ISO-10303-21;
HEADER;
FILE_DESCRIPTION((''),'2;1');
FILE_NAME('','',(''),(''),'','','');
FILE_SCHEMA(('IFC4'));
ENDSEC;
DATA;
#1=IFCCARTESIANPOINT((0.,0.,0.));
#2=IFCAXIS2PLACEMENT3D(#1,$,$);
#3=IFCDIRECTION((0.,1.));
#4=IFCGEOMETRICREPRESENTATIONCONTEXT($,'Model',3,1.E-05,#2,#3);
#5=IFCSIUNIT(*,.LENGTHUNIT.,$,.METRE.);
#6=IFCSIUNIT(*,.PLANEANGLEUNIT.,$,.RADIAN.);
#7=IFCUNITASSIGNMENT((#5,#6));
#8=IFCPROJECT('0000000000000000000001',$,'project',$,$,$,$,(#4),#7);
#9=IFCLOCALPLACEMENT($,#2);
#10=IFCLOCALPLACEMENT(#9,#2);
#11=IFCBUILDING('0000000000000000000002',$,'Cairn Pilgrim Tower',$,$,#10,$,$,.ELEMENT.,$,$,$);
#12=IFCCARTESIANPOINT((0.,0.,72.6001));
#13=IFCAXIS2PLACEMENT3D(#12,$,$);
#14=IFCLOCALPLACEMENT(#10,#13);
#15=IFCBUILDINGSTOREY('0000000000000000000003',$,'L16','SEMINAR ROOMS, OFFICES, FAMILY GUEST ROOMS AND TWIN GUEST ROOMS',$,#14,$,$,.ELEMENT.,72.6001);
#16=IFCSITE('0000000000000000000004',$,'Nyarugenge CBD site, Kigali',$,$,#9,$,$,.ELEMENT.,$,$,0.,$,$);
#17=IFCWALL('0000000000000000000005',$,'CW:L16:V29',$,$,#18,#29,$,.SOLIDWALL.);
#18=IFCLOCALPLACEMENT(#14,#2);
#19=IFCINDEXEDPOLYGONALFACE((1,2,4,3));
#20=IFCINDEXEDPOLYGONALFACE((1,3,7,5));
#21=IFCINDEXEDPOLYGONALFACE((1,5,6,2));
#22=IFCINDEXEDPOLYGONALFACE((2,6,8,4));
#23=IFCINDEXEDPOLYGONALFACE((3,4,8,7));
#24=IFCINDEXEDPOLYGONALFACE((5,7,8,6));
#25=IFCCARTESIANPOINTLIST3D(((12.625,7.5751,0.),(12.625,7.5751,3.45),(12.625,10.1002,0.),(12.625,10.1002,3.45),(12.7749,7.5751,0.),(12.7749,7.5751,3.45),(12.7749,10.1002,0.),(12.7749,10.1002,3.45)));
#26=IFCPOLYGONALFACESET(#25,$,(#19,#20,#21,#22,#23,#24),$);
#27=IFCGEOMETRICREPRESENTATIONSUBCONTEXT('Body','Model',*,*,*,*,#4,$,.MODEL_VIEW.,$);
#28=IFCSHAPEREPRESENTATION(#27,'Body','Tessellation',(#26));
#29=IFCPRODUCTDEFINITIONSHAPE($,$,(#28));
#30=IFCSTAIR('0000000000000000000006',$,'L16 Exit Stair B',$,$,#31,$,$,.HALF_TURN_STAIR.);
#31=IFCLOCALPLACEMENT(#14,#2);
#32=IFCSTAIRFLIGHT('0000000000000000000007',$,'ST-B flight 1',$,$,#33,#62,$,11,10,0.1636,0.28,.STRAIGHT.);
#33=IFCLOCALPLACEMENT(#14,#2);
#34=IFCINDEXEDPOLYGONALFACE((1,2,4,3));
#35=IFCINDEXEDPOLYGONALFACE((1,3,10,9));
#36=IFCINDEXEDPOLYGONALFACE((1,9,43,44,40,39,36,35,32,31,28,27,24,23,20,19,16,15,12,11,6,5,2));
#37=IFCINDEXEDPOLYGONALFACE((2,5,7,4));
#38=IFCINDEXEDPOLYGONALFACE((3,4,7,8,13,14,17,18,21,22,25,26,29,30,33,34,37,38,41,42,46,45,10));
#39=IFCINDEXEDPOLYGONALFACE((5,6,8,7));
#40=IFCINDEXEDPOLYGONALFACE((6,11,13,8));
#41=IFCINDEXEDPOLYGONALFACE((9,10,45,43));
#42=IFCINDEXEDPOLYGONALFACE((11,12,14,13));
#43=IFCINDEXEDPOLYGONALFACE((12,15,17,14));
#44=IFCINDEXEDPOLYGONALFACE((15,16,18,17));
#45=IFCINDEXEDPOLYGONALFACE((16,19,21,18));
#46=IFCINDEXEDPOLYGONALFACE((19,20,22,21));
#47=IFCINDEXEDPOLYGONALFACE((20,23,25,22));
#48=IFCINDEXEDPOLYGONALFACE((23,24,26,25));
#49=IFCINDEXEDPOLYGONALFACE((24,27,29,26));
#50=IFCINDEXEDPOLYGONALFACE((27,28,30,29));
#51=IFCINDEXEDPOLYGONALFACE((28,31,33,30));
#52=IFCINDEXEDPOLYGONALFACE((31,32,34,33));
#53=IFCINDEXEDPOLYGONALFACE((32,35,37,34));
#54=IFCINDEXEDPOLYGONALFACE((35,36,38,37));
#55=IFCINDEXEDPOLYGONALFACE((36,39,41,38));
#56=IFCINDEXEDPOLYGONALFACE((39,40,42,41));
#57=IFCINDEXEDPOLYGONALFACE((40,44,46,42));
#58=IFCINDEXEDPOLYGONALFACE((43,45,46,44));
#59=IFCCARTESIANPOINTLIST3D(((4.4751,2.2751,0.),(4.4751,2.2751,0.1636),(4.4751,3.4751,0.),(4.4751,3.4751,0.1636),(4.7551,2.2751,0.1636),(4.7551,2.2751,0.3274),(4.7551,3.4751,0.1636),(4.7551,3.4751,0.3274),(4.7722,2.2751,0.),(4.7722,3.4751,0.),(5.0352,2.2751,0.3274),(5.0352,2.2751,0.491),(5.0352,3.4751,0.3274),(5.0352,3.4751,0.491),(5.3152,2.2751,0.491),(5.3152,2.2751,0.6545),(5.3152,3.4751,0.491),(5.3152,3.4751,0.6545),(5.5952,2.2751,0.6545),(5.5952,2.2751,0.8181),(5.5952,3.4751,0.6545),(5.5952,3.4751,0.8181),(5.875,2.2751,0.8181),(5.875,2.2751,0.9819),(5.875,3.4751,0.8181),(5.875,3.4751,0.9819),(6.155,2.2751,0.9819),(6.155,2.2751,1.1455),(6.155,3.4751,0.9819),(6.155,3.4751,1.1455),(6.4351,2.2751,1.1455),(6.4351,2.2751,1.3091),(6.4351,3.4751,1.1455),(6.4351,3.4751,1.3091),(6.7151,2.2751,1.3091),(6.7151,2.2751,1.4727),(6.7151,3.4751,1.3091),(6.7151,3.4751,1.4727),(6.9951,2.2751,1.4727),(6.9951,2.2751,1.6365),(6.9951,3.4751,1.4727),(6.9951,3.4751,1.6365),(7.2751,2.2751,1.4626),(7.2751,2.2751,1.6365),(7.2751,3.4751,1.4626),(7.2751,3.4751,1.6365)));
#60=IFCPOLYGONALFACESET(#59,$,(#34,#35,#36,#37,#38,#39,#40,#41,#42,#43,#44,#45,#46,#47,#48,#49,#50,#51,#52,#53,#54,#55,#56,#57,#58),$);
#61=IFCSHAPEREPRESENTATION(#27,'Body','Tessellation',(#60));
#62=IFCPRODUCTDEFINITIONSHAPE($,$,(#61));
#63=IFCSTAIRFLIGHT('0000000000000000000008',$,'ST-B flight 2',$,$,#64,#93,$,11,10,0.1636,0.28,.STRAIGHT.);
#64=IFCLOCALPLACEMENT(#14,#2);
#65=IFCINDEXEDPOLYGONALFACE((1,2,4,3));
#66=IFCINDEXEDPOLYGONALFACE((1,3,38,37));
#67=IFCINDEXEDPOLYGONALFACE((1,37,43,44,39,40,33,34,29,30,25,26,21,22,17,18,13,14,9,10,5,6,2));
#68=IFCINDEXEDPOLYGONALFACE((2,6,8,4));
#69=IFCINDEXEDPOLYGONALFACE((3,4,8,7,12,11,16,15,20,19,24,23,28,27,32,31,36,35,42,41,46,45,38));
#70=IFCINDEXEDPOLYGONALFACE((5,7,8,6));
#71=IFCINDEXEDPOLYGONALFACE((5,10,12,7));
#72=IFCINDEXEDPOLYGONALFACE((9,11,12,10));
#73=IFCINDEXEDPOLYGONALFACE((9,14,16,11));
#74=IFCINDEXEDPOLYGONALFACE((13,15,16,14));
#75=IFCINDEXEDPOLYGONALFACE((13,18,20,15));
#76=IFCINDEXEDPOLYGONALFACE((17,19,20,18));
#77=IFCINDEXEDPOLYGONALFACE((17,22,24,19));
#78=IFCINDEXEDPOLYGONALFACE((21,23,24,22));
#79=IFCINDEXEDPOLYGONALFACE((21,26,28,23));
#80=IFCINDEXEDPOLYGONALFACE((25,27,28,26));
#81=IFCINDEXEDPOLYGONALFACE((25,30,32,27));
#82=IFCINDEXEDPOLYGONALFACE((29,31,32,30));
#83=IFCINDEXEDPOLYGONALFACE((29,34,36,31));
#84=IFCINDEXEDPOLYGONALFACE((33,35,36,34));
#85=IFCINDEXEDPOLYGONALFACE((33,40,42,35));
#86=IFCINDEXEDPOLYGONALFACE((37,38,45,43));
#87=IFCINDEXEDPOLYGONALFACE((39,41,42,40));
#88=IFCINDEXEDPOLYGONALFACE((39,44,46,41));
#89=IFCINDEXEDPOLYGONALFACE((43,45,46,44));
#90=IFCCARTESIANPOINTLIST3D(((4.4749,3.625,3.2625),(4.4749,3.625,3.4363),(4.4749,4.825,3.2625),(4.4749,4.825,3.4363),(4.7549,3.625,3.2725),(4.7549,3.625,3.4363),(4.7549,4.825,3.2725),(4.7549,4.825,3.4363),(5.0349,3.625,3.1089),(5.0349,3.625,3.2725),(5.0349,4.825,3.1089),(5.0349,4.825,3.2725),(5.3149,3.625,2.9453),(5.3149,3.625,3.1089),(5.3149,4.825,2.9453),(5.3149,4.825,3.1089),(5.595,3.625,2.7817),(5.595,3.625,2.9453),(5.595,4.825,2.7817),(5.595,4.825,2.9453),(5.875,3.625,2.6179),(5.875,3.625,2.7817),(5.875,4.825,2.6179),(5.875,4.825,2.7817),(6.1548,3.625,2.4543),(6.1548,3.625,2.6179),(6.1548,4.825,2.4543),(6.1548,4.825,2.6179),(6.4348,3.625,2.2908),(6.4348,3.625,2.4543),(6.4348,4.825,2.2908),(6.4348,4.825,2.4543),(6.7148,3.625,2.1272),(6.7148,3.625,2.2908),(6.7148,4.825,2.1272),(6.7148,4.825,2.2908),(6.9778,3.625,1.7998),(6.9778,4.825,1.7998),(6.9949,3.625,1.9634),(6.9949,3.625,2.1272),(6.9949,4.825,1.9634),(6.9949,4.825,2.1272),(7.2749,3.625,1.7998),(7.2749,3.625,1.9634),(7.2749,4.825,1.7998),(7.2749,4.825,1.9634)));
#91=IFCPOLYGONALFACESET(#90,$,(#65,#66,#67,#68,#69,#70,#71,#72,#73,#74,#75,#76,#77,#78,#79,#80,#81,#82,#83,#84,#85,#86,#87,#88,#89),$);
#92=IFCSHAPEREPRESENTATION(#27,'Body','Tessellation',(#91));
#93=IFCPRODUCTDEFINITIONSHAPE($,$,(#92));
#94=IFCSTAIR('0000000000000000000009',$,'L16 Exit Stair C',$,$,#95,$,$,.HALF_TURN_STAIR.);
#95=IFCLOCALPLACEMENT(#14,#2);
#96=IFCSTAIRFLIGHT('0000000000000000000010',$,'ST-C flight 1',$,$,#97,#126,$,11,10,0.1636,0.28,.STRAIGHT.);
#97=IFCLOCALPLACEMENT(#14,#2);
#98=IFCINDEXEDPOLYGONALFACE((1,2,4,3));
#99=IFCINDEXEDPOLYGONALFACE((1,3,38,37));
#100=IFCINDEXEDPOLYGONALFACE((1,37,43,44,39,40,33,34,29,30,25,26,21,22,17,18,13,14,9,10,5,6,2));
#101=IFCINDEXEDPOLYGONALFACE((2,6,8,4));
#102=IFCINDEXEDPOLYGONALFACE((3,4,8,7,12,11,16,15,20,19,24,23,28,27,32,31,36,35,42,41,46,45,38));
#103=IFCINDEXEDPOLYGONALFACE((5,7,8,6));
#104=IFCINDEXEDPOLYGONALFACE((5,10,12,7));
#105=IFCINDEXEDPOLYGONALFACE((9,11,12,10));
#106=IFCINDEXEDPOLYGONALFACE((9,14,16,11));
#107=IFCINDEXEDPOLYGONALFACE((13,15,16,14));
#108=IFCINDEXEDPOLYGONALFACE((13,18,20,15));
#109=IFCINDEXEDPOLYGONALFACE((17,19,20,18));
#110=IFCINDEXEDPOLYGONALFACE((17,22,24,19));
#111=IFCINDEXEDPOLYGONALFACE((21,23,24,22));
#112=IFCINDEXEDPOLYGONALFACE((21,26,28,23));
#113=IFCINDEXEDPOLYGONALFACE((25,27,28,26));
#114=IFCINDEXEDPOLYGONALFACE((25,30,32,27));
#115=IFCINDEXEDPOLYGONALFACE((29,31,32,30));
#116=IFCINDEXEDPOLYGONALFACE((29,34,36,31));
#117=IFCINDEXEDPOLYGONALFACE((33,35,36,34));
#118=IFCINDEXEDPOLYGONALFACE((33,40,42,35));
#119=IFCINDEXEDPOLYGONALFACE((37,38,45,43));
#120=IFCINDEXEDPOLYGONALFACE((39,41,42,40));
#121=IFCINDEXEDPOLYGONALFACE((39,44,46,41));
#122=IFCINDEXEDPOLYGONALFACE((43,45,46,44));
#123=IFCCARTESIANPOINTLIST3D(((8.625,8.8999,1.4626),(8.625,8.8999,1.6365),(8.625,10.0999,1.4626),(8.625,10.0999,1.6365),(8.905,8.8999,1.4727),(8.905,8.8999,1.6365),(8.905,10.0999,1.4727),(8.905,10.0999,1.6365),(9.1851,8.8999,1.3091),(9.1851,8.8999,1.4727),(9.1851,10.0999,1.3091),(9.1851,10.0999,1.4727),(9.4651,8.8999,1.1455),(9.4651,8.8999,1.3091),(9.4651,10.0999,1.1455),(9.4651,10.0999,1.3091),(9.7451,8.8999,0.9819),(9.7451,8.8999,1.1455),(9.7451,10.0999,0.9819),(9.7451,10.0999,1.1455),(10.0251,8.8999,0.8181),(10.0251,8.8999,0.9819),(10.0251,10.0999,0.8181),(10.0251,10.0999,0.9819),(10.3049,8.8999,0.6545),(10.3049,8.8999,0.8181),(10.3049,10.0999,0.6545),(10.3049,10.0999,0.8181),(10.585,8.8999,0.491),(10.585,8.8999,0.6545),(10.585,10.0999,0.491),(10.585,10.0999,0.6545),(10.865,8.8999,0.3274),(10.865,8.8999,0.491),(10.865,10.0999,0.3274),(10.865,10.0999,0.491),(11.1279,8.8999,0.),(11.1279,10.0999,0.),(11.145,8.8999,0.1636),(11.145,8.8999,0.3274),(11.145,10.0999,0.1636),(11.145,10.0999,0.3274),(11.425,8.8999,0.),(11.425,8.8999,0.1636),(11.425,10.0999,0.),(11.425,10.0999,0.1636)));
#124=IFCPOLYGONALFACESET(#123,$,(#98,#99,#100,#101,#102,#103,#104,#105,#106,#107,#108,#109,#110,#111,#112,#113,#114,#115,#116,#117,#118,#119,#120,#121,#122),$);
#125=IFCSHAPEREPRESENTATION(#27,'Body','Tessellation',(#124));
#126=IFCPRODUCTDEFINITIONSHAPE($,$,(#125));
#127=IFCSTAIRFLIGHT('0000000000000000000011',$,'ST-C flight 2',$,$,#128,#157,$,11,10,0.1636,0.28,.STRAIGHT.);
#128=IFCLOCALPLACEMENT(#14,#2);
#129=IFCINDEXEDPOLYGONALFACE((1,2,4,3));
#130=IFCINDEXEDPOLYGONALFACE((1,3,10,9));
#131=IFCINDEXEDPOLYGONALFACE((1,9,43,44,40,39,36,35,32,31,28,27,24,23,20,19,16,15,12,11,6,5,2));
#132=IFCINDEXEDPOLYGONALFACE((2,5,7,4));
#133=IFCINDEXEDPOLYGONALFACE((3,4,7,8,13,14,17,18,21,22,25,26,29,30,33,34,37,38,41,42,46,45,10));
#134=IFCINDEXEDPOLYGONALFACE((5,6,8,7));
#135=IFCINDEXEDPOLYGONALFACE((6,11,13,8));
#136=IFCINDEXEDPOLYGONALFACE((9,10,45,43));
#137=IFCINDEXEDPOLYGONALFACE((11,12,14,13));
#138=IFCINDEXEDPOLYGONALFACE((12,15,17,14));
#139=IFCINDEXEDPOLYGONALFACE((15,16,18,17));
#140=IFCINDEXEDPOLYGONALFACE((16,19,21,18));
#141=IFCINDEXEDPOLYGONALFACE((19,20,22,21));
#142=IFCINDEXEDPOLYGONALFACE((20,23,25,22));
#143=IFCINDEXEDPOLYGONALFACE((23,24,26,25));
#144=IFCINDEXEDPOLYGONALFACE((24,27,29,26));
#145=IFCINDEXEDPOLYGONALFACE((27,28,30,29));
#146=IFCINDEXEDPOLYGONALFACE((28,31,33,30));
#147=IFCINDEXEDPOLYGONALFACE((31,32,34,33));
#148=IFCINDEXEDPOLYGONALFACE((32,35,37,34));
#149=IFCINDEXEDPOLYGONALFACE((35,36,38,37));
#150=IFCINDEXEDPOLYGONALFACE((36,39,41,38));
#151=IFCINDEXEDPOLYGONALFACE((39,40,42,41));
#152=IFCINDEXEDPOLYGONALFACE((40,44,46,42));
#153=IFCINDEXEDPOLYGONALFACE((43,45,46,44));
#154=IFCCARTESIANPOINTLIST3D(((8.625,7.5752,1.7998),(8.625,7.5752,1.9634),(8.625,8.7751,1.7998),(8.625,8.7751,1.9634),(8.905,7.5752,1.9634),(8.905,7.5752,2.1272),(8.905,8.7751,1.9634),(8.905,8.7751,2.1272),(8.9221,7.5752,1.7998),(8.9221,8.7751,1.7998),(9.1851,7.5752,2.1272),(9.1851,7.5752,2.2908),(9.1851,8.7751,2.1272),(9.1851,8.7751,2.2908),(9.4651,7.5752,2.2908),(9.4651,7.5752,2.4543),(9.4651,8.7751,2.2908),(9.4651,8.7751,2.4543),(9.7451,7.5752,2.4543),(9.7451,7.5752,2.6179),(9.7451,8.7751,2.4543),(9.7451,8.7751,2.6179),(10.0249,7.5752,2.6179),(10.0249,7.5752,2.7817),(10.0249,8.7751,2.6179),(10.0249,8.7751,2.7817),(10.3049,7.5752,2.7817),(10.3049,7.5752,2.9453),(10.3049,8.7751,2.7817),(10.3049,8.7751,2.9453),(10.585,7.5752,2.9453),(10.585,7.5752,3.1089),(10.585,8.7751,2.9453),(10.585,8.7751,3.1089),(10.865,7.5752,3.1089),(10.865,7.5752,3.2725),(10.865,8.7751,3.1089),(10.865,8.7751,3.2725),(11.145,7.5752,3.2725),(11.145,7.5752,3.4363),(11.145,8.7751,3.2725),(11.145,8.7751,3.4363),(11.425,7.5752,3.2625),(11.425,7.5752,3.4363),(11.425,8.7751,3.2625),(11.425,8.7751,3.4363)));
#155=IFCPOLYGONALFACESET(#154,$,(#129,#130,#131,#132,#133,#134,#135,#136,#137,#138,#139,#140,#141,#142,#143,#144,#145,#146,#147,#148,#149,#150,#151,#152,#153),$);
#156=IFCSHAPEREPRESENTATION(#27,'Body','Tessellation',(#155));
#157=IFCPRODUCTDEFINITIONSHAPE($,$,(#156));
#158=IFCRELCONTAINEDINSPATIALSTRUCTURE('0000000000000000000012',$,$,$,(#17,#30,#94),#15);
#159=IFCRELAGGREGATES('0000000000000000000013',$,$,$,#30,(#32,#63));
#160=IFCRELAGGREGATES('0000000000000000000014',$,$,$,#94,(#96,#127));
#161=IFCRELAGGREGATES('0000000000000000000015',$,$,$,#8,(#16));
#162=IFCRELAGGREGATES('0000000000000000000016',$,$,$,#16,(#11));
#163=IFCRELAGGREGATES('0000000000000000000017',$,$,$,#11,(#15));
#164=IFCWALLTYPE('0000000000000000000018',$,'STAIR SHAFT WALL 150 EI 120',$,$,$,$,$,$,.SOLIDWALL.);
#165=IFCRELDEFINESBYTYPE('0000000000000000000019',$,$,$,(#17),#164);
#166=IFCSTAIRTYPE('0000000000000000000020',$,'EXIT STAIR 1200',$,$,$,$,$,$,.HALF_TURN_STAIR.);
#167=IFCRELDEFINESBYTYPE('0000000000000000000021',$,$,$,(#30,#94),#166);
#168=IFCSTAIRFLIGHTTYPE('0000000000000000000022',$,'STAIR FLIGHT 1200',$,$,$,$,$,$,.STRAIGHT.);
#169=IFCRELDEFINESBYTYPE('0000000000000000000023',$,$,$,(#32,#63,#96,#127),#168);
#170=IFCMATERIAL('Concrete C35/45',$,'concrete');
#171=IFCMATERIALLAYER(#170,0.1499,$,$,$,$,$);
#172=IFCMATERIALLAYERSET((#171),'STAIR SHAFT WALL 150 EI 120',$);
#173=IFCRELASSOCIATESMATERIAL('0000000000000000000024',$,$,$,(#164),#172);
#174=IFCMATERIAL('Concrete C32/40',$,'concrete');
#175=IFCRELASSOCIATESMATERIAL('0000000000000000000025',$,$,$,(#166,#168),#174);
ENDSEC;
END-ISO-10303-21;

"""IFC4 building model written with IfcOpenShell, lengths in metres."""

from ifc_helpers import new_model, si_unit, direction, frame, frame_2d, origin, place, context, subcontext, project, spatial, polyline, rectangle, outline, extrude, material, layer, layer_set, type_object, element, aggregate, save


model = new_model("IFC4")

# Units and contexts
model_context = context("Model", 3, precision=1e-05, world=origin(), true_north=direction((0.0, 1.0)))
body_context = subcontext(model_context, "Body", "Model", "MODEL_VIEW")
ifc_project = project(units=[si_unit("LENGTHUNIT", "METRE"), si_unit("PLANEANGLEUNIT", "RADIAN")], contexts=[model_context])

# Site, building, storey
site_placement = place(None, origin())
site = spatial("IfcSite", under=ifc_project, at=site_placement, Name="Nyarugenge CBD site, Kigali", CompositionType="ELEMENT", RefElevation=0.0)
building_placement = place(site_placement, origin())
building = spatial("IfcBuilding", under=site, at=building_placement, Name="Cairn Pilgrim Tower", CompositionType="ELEMENT")
storey_placement = place(building_placement, frame((0.0, 0.0, 72.6001)))
storey = spatial("IfcBuildingStorey", under=building, at=storey_placement, Name="L16", Description="SEMINAR ROOMS, OFFICES, FAMILY GUEST ROOMS AND TWIN GUEST ROOMS", CompositionType="ELEMENT", Elevation=72.6001)

# Shared definitions
ifc_material_1 = material(Name="Concrete C32/40", Category="concrete")

# Shared definitions
ifc_material_2 = material(Name="Concrete C35/45", Category="concrete")
ifc_layer_1 = layer(ifc_material_2, 0.1499)
ifc_layer_set_1 = layer_set([ifc_layer_1], Name="STAIR SHAFT WALL 150 EI 120")
wall_type_1 = type_object("IfcWallType", Name="STAIR SHAFT WALL 150 EI 120", PredefinedType="SOLIDWALL", material=ifc_layer_set_1)

# Wall
wall_1_placement = place(storey_placement, frame((12.7, 7.575, 0.0), z_axis=(0.0, 0.0, 1.0), x_axis=(0.0, 1.0, 0.0)))
element("IfcWall", 1, at=wall_1_placement, inside=storey, type_object=wall_type_1, Name="CW:L16:V29", PredefinedType="SOLIDWALL", context=body_context, shape_type="SweptSolid", body=[
    extrude(rectangle(XDim=2.5251, YDim=0.1499, at=frame_2d((1.2627, 0.0))), origin(), (0.0, 0.0, 1.0), 3.45),
])

# Stairs, stair flights
stair_type = type_object("IfcStairType", Name="EXIT STAIR 1200", PredefinedType="HALF_TURN_STAIR", material=ifc_material_1)
stair_1_placement = place(storey_placement, origin())
stair_1 = element("IfcStair", 2, at=stair_1_placement, inside=storey, type_object=stair_type, Name="L16 Exit Stair B", PredefinedType="HALF_TURN_STAIR")
stair_flight_type = type_object("IfcStairFlightType", Name="STAIR FLIGHT 1200", PredefinedType="STRAIGHT", material=ifc_material_1)
stair_flight_1_placement = place(storey_placement, frame((4.4751, 2.875, 0.0), z_axis=(0.0, 0.0, 1.0), x_axis=(1.0, 0.0, 0.0)))
stair_flight_1 = element("IfcStairFlight", 3, at=stair_flight_1_placement, type_object=stair_flight_type, Name="ST-B flight 1", NumberOfRisers=11, NumberOfTreads=10, PredefinedType="STRAIGHT", RiserHeight=0.1636, TreadLength=0.28, context=body_context, shape_type="SweptSolid", body=[
    extrude(outline(polyline([(0.0, 0.0), (0.0, 0.1636), (0.28, 0.1636), (0.28, 0.3274), (0.5601, 0.3274), (0.5601, 0.491), (0.8401, 0.491), (0.8401, 0.6545), (1.1201, 0.6545), (1.1201, 0.8181), (1.3999, 0.8181), (1.3999, 0.9819), (1.6799, 0.9819), (1.6799, 1.1455), (1.96, 1.1455), (1.96, 1.3091), (2.24, 1.3091), (2.24, 1.4727), (2.52, 1.4727), (2.52, 1.6365), (2.8, 1.6365), (2.8, 1.8), (2.8, 1.4626), (0.2971, 0.0), (0.0, 0.0)])), frame((0.0, 0.6001, 0.0), z_axis=(0.0, -1.0, 0.0), x_axis=(1.0, 0.0, 0.0)), (0.0, 0.0, 1.0), 1.2),
])
stair_flight_2_placement = place(storey_placement, frame((7.2749, 4.2251, 1.7998), z_axis=(0.0, 0.0, 1.0), x_axis=(-1.0, 0.0, 0.0)))
stair_flight_2 = element("IfcStairFlight", 4, at=stair_flight_2_placement, type_object=stair_flight_type, Name="ST-B flight 2", NumberOfRisers=11, NumberOfTreads=10, PredefinedType="STRAIGHT", RiserHeight=0.1636, TreadLength=0.28, context=body_context, shape_type="SweptSolid", body=[
    extrude(outline(polyline([(0.0, 0.0), (0.0, 0.1636), (0.28, 0.1636), (0.28, 0.3274), (0.5601, 0.3274), (0.5601, 0.491), (0.8401, 0.491), (0.8401, 0.6545), (1.1201, 0.6545), (1.1201, 0.8181), (1.3999, 0.8181), (1.3999, 0.9819), (1.6799, 0.9819), (1.6799, 1.1455), (1.96, 1.1455), (1.96, 1.3091), (2.24, 1.3091), (2.24, 1.4727), (2.52, 1.4727), (2.52, 1.6365), (2.8, 1.6365), (2.8, 1.8), (2.8, 1.4626), (0.2971, 0.0), (0.0, 0.0)])), frame((0.0, 0.6001, 0.0), z_axis=(0.0, -1.0, 0.0), x_axis=(1.0, 0.0, 0.0)), (0.0, 0.0, 1.0), 1.2),
])
aggregate(stair_1, [stair_flight_1, stair_flight_2])
stair_2_placement = place(storey_placement, origin())
stair_2 = element("IfcStair", 5, at=stair_2_placement, inside=storey, type_object=stair_type, Name="L16 Exit Stair C", PredefinedType="HALF_TURN_STAIR")
stair_flight_3_placement = place(storey_placement, frame((11.425, 9.5, 0.0), z_axis=(0.0, 0.0, 1.0), x_axis=(-1.0, 0.0, 0.0)))
stair_flight_3 = element("IfcStairFlight", 6, at=stair_flight_3_placement, type_object=stair_flight_type, Name="ST-C flight 1", NumberOfRisers=11, NumberOfTreads=10, PredefinedType="STRAIGHT", RiserHeight=0.1636, TreadLength=0.28, context=body_context, shape_type="SweptSolid", body=[
    extrude(outline(polyline([(0.0, 0.0), (0.0, 0.1636), (0.28, 0.1636), (0.28, 0.3274), (0.5601, 0.3274), (0.5601, 0.491), (0.8401, 0.491), (0.8401, 0.6545), (1.1201, 0.6545), (1.1201, 0.8181), (1.3999, 0.8181), (1.3999, 0.9819), (1.6799, 0.9819), (1.6799, 1.1455), (1.96, 1.1455), (1.96, 1.3091), (2.24, 1.3091), (2.24, 1.4727), (2.52, 1.4727), (2.52, 1.6365), (2.8, 1.6365), (2.8, 1.8), (2.8, 1.4626), (0.2971, 0.0), (0.0, 0.0)])), frame((0.0, 0.6001, 0.0), z_axis=(0.0, -1.0, 0.0), x_axis=(1.0, 0.0, 0.0)), (0.0, 0.0, 1.0), 1.2),
])
stair_flight_4_placement = place(storey_placement, frame((8.625, 8.175, 1.7998), z_axis=(0.0, 0.0, 1.0), x_axis=(1.0, 0.0, 0.0)))
stair_flight_4 = element("IfcStairFlight", 7, at=stair_flight_4_placement, type_object=stair_flight_type, Name="ST-C flight 2", NumberOfRisers=11, NumberOfTreads=10, PredefinedType="STRAIGHT", RiserHeight=0.1636, TreadLength=0.28, context=body_context, shape_type="SweptSolid", body=[
    extrude(outline(polyline([(0.0, 0.0), (0.0, 0.1636), (0.28, 0.1636), (0.28, 0.3274), (0.5601, 0.3274), (0.5601, 0.491), (0.8401, 0.491), (0.8401, 0.6545), (1.1201, 0.6545), (1.1201, 0.8181), (1.3999, 0.8181), (1.3999, 0.9819), (1.6799, 0.9819), (1.6799, 1.1455), (1.96, 1.1455), (1.96, 1.3091), (2.24, 1.3091), (2.24, 1.4727), (2.52, 1.4727), (2.52, 1.6365), (2.8, 1.6365), (2.8, 1.8), (2.8, 1.4626), (0.2971, 0.0), (0.0, 0.0)])), frame((0.0, 0.6001, 0.0), z_axis=(0.0, -1.0, 0.0), x_axis=(1.0, 0.0, 0.0)), (0.0, 0.0, 1.0), 1.2),
])
aggregate(stair_2, [stair_flight_3, stair_flight_4])

save(model, "model.ifc")
